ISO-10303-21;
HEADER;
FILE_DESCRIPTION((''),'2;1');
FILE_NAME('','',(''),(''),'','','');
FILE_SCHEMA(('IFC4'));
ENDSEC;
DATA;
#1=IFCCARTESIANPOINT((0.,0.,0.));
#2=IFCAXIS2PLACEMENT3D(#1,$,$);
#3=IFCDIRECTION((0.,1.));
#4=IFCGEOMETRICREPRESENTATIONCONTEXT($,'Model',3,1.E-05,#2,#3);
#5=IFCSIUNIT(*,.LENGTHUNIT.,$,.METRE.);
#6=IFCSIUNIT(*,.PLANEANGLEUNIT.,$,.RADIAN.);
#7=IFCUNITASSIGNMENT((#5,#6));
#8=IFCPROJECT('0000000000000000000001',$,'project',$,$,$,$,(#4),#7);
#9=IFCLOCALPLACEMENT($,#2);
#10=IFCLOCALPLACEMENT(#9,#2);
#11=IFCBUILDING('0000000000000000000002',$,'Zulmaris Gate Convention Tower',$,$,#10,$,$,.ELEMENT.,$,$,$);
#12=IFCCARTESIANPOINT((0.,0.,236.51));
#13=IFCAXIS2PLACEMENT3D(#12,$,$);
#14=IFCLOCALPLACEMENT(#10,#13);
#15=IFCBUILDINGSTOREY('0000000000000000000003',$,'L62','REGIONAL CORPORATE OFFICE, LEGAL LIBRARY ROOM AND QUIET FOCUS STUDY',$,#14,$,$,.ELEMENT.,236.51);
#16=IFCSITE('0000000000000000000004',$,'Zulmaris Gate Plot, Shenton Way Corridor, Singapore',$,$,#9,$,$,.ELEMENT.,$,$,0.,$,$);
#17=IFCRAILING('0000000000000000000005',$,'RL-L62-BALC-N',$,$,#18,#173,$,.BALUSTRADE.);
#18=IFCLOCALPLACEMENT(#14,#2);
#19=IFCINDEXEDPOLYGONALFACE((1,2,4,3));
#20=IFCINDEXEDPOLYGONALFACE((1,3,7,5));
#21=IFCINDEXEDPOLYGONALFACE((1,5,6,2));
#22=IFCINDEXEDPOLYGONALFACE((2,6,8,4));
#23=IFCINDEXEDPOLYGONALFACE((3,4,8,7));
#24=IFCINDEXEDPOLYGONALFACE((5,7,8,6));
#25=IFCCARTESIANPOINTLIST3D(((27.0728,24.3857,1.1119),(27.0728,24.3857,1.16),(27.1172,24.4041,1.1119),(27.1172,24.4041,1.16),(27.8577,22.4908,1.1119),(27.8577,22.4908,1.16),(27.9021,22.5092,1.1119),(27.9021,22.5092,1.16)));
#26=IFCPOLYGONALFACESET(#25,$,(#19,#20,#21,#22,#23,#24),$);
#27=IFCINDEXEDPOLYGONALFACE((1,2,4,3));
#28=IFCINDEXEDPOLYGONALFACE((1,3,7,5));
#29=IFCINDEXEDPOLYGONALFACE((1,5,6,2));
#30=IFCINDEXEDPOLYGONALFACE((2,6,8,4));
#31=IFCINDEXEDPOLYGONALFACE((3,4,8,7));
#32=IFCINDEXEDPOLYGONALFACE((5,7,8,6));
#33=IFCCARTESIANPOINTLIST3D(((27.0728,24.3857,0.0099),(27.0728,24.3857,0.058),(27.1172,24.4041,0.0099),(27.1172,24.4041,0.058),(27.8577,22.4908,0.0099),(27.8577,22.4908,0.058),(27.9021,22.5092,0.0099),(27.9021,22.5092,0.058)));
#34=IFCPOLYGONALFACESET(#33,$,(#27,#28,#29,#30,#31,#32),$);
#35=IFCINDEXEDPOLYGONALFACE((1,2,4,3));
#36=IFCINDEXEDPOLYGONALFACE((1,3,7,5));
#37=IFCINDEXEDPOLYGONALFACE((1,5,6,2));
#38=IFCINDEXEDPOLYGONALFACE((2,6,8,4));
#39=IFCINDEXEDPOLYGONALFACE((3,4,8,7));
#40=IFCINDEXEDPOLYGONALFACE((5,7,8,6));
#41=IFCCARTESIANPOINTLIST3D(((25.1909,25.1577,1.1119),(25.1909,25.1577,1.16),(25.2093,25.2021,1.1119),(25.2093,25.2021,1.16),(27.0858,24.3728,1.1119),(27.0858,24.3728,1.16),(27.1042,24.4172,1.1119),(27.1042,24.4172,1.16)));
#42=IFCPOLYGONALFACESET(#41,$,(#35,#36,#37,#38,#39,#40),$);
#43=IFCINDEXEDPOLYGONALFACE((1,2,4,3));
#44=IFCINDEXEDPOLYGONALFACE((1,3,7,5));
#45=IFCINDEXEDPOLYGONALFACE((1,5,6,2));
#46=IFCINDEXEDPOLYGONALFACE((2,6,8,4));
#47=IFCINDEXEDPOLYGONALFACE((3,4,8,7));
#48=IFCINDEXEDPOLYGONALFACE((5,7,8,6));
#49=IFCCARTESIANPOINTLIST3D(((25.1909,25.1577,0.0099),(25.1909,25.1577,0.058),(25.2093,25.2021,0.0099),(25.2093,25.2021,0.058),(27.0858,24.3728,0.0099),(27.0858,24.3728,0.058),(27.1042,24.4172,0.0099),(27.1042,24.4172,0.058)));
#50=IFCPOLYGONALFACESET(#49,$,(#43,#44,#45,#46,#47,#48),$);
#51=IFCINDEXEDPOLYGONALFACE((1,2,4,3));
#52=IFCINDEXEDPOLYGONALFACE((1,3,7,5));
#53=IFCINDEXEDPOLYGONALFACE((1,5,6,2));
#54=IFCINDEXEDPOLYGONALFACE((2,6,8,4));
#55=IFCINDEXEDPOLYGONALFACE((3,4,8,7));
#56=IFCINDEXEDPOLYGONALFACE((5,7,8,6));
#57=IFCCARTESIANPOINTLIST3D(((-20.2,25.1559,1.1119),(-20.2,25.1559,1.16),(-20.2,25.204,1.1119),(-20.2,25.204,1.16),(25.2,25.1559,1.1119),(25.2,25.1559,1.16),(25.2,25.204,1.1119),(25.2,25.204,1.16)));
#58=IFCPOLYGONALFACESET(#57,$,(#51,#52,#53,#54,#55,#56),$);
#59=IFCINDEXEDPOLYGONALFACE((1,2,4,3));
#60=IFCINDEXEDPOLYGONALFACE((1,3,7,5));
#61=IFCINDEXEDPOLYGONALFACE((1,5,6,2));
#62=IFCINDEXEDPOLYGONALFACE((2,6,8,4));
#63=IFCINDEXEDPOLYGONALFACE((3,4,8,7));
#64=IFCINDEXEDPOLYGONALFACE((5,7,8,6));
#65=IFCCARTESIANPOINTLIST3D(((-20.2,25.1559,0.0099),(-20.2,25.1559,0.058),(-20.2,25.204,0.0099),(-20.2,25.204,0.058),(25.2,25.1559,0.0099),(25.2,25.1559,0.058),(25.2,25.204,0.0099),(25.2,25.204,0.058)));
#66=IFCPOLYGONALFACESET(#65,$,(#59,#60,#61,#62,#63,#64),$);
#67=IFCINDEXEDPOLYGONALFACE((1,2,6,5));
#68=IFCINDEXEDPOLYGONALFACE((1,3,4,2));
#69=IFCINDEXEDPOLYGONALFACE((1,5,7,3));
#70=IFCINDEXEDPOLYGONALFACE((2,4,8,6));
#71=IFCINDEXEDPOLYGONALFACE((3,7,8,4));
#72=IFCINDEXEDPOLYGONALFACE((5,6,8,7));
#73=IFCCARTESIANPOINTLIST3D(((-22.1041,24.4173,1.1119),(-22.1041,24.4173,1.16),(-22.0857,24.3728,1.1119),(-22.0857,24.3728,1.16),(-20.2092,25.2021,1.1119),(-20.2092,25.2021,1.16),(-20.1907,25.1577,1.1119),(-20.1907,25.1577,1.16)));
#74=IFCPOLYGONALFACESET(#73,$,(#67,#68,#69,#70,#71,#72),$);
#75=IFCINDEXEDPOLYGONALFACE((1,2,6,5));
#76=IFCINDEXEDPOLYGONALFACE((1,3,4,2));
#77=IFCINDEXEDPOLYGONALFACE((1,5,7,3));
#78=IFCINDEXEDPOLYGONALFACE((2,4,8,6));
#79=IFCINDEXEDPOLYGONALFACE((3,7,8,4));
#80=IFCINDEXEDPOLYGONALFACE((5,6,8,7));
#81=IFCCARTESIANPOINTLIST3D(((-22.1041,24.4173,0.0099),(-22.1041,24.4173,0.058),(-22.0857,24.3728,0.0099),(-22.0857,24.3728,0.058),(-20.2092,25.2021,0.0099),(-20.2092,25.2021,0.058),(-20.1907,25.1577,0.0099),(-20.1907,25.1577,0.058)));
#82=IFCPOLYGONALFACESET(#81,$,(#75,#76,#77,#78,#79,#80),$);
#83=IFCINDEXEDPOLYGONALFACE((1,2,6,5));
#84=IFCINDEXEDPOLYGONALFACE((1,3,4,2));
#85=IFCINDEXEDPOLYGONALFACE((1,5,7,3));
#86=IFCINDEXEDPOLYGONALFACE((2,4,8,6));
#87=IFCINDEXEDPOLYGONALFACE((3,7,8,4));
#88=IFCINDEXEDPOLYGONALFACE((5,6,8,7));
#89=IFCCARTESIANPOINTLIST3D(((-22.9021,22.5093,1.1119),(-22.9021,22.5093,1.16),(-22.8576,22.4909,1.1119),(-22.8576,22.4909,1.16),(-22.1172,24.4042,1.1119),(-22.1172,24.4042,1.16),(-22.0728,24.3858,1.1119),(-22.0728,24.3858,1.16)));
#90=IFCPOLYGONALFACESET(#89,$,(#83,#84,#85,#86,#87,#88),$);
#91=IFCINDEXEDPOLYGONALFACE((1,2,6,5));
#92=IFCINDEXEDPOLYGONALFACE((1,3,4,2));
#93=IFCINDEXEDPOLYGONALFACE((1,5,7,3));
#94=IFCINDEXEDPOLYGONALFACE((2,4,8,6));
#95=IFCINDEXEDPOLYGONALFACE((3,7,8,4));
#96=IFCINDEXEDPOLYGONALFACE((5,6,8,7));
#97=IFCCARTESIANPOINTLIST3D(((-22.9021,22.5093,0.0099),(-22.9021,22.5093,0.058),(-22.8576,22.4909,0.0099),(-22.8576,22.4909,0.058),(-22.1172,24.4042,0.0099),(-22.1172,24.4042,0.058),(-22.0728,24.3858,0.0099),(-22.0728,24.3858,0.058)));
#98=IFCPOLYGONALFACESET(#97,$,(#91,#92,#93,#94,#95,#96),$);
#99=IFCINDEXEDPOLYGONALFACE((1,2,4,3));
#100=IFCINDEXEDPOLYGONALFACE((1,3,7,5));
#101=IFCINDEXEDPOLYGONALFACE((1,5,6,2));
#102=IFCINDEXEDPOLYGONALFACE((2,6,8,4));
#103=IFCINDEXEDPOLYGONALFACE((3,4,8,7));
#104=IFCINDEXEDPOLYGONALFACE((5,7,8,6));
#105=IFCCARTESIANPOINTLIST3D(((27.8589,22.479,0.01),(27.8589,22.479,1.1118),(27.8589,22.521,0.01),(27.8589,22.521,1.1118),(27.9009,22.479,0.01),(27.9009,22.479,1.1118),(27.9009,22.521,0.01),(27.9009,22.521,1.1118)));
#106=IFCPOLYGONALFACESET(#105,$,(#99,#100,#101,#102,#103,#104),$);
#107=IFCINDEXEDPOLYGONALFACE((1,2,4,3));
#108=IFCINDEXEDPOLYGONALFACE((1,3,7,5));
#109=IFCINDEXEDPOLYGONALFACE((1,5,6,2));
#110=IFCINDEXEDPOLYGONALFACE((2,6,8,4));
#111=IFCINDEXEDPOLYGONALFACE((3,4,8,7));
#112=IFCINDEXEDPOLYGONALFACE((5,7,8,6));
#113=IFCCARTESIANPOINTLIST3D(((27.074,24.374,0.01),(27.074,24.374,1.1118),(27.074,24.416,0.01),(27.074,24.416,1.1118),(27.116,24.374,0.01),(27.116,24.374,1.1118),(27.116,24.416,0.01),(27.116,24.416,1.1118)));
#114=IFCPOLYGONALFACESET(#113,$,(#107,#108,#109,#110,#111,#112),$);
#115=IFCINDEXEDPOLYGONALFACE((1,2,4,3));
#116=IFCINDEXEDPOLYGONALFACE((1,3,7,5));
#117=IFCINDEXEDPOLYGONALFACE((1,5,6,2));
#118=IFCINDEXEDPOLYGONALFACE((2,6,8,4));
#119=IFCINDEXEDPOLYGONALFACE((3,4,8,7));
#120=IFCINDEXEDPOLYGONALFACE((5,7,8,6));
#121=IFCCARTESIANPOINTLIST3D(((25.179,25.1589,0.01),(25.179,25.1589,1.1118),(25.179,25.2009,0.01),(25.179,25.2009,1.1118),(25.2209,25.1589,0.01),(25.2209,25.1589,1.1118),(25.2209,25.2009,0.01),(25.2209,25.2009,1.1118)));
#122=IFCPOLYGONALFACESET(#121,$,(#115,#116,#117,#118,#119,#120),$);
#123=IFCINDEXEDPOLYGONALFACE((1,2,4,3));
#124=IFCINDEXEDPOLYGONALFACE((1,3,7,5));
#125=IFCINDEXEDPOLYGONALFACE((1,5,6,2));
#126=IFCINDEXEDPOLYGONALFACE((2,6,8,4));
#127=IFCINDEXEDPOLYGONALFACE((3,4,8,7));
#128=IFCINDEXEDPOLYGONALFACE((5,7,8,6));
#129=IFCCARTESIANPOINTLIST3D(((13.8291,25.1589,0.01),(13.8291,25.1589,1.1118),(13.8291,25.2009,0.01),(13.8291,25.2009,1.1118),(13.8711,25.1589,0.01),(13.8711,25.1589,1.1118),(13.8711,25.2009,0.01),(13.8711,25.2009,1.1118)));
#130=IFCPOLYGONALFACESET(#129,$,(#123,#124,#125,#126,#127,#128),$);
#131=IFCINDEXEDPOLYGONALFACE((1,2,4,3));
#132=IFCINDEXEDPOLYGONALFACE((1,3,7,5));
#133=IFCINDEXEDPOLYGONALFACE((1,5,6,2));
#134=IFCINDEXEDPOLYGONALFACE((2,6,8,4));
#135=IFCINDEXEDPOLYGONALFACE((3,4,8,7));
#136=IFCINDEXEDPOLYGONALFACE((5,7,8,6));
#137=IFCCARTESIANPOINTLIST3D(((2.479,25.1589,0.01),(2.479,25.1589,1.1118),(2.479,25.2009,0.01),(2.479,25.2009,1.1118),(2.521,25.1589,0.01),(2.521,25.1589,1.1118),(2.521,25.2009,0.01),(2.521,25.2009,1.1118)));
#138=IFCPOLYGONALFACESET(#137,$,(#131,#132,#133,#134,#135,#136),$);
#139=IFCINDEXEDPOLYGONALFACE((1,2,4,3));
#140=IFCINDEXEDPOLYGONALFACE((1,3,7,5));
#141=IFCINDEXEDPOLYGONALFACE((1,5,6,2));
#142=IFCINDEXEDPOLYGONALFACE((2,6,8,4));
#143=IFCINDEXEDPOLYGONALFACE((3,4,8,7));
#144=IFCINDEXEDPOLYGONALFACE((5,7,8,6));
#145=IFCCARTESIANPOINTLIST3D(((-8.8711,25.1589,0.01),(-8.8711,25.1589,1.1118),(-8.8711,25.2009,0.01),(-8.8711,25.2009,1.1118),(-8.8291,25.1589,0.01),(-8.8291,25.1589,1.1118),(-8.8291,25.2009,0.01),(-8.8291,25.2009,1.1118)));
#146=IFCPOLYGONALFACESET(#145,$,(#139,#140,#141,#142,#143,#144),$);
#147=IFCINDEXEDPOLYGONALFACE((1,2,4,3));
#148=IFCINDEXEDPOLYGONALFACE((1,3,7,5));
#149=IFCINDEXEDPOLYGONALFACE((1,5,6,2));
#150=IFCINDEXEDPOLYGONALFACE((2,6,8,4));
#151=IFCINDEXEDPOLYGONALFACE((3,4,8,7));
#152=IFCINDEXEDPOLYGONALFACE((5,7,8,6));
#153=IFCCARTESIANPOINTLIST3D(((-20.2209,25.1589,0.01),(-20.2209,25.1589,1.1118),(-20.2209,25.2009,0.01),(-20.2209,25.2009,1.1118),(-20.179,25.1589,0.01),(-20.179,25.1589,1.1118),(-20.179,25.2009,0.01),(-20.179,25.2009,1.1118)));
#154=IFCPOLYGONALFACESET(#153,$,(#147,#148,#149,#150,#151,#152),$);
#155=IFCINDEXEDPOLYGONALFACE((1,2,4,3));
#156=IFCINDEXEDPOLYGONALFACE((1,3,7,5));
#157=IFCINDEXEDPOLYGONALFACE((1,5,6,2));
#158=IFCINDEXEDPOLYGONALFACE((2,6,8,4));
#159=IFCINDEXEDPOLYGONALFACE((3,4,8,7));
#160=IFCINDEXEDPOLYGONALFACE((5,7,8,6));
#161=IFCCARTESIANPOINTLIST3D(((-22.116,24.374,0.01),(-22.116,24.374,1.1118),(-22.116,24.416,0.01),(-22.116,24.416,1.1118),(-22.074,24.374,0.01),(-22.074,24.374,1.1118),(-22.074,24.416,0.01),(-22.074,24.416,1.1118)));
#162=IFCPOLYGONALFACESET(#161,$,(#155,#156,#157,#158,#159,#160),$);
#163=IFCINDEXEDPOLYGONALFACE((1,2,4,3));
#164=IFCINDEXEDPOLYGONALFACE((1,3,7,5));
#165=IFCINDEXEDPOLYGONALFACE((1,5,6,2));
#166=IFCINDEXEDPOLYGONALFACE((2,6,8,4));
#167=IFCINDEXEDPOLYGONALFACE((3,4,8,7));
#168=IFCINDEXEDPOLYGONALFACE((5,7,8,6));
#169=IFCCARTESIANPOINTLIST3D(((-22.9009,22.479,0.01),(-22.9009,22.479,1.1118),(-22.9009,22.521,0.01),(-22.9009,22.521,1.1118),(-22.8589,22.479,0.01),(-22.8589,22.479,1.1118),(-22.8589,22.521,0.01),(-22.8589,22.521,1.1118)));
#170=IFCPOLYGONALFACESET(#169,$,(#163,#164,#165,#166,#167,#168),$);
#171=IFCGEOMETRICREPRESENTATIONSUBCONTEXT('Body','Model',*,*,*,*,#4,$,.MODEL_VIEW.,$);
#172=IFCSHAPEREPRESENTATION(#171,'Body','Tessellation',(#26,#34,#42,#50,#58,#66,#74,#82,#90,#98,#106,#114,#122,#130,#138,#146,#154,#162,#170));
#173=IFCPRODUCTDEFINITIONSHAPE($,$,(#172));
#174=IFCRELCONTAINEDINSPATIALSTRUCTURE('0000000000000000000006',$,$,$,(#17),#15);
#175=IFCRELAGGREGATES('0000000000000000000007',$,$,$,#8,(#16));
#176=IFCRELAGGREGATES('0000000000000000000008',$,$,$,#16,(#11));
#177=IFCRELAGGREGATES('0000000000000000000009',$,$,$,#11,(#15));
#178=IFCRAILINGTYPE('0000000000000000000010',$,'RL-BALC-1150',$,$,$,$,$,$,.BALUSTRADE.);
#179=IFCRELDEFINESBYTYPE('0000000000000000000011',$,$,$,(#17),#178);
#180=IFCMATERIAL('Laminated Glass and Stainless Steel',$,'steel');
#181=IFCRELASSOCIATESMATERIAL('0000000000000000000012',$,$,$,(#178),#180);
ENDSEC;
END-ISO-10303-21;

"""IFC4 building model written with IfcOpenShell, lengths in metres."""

from ifc_helpers import new_model, si_unit, direction, frame, origin, origin_2d, place, context, subcontext, project, spatial, rectangle, extrude, material, type_object, element, save


model = new_model("IFC4")

# Units and contexts
model_context = context("Model", 3, precision=1e-05, world=origin(), true_north=direction((0.0, 1.0)))
body_context = subcontext(model_context, "Body", "Model", "MODEL_VIEW")
ifc_project = project(units=[si_unit("LENGTHUNIT", "METRE"), si_unit("PLANEANGLEUNIT", "RADIAN")], contexts=[model_context])

# Site, building, storey
site_placement = place(None, origin())
site = spatial("IfcSite", under=ifc_project, at=site_placement, Name="Zulmaris Gate Plot, Shenton Way Corridor, Singapore", CompositionType="ELEMENT", RefElevation=0.0)
building_placement = place(site_placement, origin())
building = spatial("IfcBuilding", under=site, at=building_placement, Name="Zulmaris Gate Convention Tower", CompositionType="ELEMENT")
storey_placement = place(building_placement, frame((0.0, 0.0, 236.51)))
storey = spatial("IfcBuildingStorey", under=building, at=storey_placement, Name="L62", Description="REGIONAL CORPORATE OFFICE, LEGAL LIBRARY ROOM AND QUIET FOCUS STUDY", CompositionType="ELEMENT", Elevation=236.51)

# Railing
ifc_material_1 = material(Name="Laminated Glass and Stainless Steel", Category="steel")
railing_type = type_object("IfcRailingType", Name="RL-BALC-1150", PredefinedType="BALUSTRADE", material=ifc_material_1)
railing_placement = place(storey_placement, frame((27.8799, 22.5, 0.01)))
element("IfcRailing", 1, at=railing_placement, inside=storey, type_object=railing_type, Name="RL-L62-BALC-N", PredefinedType="BALUSTRADE", context=body_context, shape_type="SweptSolid", body=[
    extrude(rectangle(XDim=0.0481, YDim=0.0481, at=origin_2d()), frame((0.0, 0.0, 1.126), z_axis=(-0.382671, 0.923885, 0.0), x_axis=(-0.923885, -0.382671, 0.0)), (0.0, 0.0, 1.0), 2.051),
    extrude(rectangle(XDim=0.0481, YDim=0.0481, at=origin_2d()), frame((0.0, 0.0, 0.0239), z_axis=(-0.382671, 0.923885, 0.0), x_axis=(-0.923885, -0.382671, 0.0)), (0.0, 0.0, 1.0), 2.051),
    extrude(rectangle(XDim=0.0481, YDim=0.0481, at=origin_2d()), frame((-0.7849, 1.895, 1.126), z_axis=(-0.923885, 0.382671, 0.0), x_axis=(-0.382671, -0.923885, 0.0)), (0.0, 0.0, 1.0), 2.051),
    extrude(rectangle(XDim=0.0481, YDim=0.0481, at=origin_2d()), frame((-0.7849, 1.895, 0.0239), z_axis=(-0.923885, 0.382671, 0.0), x_axis=(-0.382671, -0.923885, 0.0)), (0.0, 0.0, 1.0), 2.051),
    extrude(rectangle(XDim=0.0481, YDim=0.0481, at=origin_2d()), frame((-2.6799, 2.6799, 1.126), z_axis=(-1.0, 0.0, 0.0), x_axis=(0.0, -1.0, 0.0)), (0.0, 0.0, 1.0), 45.3999),
    extrude(rectangle(XDim=0.0481, YDim=0.0481, at=origin_2d()), frame((-2.6799, 2.6799, 0.0239), z_axis=(-1.0, 0.0, 0.0), x_axis=(0.0, -1.0, 0.0)), (0.0, 0.0, 1.0), 45.3999),
    extrude(rectangle(XDim=0.0481, YDim=0.0481, at=origin_2d()), frame((-48.0798, 2.6799, 1.126), z_axis=(-0.923885, -0.382671, 0.0), x_axis=(0.382671, -0.923885, 0.0)), (0.0, 0.0, 1.0), 2.051),
    extrude(rectangle(XDim=0.0481, YDim=0.0481, at=origin_2d()), frame((-48.0798, 2.6799, 0.0239), z_axis=(-0.923885, -0.382671, 0.0), x_axis=(0.382671, -0.923885, 0.0)), (0.0, 0.0, 1.0), 2.051),
    extrude(rectangle(XDim=0.0481, YDim=0.0481, at=origin_2d()), frame((-49.9749, 1.895, 1.126), z_axis=(-0.382671, -0.923885, 0.0), x_axis=(0.923885, -0.382671, 0.0)), (0.0, 0.0, 1.0), 2.051),
    extrude(rectangle(XDim=0.0481, YDim=0.0481, at=origin_2d()), frame((-49.9749, 1.895, 0.0239), z_axis=(-0.382671, -0.923885, 0.0), x_axis=(0.923885, -0.382671, 0.0)), (0.0, 0.0, 1.0), 2.051),
    extrude(rectangle(XDim=0.042, YDim=0.042, at=origin_2d()), origin(), (0.0, 0.0, 1.0), 1.1018),
    extrude(rectangle(XDim=0.042, YDim=0.042, at=origin_2d()), frame((-0.7849, 1.895, 0.0)), (0.0, 0.0, 1.0), 1.1018),
    extrude(rectangle(XDim=0.042, YDim=0.042, at=origin_2d()), frame((-2.6799, 2.6799, 0.0)), (0.0, 0.0, 1.0), 1.1018),
    extrude(rectangle(XDim=0.042, YDim=0.042, at=origin_2d()), frame((-14.0298, 2.6799, 0.0)), (0.0, 0.0, 1.0), 1.1018),
    extrude(rectangle(XDim=0.042, YDim=0.042, at=origin_2d()), frame((-25.3799, 2.6799, 0.0)), (0.0, 0.0, 1.0), 1.1018),
    extrude(rectangle(XDim=0.042, YDim=0.042, at=origin_2d()), frame((-36.73, 2.6799, 0.0)), (0.0, 0.0, 1.0), 1.1018),
    extrude(rectangle(XDim=0.042, YDim=0.042, at=origin_2d()), frame((-48.0798, 2.6799, 0.0)), (0.0, 0.0, 1.0), 1.1018),
    extrude(rectangle(XDim=0.042, YDim=0.042, at=origin_2d()), frame((-49.9749, 1.895, 0.0)), (0.0, 0.0, 1.0), 1.1018),
    extrude(rectangle(XDim=0.042, YDim=0.042, at=origin_2d()), frame((-50.7598, 0.0, 0.0)), (0.0, 0.0, 1.0), 1.1018),
])

save(model, "model.ifc")
